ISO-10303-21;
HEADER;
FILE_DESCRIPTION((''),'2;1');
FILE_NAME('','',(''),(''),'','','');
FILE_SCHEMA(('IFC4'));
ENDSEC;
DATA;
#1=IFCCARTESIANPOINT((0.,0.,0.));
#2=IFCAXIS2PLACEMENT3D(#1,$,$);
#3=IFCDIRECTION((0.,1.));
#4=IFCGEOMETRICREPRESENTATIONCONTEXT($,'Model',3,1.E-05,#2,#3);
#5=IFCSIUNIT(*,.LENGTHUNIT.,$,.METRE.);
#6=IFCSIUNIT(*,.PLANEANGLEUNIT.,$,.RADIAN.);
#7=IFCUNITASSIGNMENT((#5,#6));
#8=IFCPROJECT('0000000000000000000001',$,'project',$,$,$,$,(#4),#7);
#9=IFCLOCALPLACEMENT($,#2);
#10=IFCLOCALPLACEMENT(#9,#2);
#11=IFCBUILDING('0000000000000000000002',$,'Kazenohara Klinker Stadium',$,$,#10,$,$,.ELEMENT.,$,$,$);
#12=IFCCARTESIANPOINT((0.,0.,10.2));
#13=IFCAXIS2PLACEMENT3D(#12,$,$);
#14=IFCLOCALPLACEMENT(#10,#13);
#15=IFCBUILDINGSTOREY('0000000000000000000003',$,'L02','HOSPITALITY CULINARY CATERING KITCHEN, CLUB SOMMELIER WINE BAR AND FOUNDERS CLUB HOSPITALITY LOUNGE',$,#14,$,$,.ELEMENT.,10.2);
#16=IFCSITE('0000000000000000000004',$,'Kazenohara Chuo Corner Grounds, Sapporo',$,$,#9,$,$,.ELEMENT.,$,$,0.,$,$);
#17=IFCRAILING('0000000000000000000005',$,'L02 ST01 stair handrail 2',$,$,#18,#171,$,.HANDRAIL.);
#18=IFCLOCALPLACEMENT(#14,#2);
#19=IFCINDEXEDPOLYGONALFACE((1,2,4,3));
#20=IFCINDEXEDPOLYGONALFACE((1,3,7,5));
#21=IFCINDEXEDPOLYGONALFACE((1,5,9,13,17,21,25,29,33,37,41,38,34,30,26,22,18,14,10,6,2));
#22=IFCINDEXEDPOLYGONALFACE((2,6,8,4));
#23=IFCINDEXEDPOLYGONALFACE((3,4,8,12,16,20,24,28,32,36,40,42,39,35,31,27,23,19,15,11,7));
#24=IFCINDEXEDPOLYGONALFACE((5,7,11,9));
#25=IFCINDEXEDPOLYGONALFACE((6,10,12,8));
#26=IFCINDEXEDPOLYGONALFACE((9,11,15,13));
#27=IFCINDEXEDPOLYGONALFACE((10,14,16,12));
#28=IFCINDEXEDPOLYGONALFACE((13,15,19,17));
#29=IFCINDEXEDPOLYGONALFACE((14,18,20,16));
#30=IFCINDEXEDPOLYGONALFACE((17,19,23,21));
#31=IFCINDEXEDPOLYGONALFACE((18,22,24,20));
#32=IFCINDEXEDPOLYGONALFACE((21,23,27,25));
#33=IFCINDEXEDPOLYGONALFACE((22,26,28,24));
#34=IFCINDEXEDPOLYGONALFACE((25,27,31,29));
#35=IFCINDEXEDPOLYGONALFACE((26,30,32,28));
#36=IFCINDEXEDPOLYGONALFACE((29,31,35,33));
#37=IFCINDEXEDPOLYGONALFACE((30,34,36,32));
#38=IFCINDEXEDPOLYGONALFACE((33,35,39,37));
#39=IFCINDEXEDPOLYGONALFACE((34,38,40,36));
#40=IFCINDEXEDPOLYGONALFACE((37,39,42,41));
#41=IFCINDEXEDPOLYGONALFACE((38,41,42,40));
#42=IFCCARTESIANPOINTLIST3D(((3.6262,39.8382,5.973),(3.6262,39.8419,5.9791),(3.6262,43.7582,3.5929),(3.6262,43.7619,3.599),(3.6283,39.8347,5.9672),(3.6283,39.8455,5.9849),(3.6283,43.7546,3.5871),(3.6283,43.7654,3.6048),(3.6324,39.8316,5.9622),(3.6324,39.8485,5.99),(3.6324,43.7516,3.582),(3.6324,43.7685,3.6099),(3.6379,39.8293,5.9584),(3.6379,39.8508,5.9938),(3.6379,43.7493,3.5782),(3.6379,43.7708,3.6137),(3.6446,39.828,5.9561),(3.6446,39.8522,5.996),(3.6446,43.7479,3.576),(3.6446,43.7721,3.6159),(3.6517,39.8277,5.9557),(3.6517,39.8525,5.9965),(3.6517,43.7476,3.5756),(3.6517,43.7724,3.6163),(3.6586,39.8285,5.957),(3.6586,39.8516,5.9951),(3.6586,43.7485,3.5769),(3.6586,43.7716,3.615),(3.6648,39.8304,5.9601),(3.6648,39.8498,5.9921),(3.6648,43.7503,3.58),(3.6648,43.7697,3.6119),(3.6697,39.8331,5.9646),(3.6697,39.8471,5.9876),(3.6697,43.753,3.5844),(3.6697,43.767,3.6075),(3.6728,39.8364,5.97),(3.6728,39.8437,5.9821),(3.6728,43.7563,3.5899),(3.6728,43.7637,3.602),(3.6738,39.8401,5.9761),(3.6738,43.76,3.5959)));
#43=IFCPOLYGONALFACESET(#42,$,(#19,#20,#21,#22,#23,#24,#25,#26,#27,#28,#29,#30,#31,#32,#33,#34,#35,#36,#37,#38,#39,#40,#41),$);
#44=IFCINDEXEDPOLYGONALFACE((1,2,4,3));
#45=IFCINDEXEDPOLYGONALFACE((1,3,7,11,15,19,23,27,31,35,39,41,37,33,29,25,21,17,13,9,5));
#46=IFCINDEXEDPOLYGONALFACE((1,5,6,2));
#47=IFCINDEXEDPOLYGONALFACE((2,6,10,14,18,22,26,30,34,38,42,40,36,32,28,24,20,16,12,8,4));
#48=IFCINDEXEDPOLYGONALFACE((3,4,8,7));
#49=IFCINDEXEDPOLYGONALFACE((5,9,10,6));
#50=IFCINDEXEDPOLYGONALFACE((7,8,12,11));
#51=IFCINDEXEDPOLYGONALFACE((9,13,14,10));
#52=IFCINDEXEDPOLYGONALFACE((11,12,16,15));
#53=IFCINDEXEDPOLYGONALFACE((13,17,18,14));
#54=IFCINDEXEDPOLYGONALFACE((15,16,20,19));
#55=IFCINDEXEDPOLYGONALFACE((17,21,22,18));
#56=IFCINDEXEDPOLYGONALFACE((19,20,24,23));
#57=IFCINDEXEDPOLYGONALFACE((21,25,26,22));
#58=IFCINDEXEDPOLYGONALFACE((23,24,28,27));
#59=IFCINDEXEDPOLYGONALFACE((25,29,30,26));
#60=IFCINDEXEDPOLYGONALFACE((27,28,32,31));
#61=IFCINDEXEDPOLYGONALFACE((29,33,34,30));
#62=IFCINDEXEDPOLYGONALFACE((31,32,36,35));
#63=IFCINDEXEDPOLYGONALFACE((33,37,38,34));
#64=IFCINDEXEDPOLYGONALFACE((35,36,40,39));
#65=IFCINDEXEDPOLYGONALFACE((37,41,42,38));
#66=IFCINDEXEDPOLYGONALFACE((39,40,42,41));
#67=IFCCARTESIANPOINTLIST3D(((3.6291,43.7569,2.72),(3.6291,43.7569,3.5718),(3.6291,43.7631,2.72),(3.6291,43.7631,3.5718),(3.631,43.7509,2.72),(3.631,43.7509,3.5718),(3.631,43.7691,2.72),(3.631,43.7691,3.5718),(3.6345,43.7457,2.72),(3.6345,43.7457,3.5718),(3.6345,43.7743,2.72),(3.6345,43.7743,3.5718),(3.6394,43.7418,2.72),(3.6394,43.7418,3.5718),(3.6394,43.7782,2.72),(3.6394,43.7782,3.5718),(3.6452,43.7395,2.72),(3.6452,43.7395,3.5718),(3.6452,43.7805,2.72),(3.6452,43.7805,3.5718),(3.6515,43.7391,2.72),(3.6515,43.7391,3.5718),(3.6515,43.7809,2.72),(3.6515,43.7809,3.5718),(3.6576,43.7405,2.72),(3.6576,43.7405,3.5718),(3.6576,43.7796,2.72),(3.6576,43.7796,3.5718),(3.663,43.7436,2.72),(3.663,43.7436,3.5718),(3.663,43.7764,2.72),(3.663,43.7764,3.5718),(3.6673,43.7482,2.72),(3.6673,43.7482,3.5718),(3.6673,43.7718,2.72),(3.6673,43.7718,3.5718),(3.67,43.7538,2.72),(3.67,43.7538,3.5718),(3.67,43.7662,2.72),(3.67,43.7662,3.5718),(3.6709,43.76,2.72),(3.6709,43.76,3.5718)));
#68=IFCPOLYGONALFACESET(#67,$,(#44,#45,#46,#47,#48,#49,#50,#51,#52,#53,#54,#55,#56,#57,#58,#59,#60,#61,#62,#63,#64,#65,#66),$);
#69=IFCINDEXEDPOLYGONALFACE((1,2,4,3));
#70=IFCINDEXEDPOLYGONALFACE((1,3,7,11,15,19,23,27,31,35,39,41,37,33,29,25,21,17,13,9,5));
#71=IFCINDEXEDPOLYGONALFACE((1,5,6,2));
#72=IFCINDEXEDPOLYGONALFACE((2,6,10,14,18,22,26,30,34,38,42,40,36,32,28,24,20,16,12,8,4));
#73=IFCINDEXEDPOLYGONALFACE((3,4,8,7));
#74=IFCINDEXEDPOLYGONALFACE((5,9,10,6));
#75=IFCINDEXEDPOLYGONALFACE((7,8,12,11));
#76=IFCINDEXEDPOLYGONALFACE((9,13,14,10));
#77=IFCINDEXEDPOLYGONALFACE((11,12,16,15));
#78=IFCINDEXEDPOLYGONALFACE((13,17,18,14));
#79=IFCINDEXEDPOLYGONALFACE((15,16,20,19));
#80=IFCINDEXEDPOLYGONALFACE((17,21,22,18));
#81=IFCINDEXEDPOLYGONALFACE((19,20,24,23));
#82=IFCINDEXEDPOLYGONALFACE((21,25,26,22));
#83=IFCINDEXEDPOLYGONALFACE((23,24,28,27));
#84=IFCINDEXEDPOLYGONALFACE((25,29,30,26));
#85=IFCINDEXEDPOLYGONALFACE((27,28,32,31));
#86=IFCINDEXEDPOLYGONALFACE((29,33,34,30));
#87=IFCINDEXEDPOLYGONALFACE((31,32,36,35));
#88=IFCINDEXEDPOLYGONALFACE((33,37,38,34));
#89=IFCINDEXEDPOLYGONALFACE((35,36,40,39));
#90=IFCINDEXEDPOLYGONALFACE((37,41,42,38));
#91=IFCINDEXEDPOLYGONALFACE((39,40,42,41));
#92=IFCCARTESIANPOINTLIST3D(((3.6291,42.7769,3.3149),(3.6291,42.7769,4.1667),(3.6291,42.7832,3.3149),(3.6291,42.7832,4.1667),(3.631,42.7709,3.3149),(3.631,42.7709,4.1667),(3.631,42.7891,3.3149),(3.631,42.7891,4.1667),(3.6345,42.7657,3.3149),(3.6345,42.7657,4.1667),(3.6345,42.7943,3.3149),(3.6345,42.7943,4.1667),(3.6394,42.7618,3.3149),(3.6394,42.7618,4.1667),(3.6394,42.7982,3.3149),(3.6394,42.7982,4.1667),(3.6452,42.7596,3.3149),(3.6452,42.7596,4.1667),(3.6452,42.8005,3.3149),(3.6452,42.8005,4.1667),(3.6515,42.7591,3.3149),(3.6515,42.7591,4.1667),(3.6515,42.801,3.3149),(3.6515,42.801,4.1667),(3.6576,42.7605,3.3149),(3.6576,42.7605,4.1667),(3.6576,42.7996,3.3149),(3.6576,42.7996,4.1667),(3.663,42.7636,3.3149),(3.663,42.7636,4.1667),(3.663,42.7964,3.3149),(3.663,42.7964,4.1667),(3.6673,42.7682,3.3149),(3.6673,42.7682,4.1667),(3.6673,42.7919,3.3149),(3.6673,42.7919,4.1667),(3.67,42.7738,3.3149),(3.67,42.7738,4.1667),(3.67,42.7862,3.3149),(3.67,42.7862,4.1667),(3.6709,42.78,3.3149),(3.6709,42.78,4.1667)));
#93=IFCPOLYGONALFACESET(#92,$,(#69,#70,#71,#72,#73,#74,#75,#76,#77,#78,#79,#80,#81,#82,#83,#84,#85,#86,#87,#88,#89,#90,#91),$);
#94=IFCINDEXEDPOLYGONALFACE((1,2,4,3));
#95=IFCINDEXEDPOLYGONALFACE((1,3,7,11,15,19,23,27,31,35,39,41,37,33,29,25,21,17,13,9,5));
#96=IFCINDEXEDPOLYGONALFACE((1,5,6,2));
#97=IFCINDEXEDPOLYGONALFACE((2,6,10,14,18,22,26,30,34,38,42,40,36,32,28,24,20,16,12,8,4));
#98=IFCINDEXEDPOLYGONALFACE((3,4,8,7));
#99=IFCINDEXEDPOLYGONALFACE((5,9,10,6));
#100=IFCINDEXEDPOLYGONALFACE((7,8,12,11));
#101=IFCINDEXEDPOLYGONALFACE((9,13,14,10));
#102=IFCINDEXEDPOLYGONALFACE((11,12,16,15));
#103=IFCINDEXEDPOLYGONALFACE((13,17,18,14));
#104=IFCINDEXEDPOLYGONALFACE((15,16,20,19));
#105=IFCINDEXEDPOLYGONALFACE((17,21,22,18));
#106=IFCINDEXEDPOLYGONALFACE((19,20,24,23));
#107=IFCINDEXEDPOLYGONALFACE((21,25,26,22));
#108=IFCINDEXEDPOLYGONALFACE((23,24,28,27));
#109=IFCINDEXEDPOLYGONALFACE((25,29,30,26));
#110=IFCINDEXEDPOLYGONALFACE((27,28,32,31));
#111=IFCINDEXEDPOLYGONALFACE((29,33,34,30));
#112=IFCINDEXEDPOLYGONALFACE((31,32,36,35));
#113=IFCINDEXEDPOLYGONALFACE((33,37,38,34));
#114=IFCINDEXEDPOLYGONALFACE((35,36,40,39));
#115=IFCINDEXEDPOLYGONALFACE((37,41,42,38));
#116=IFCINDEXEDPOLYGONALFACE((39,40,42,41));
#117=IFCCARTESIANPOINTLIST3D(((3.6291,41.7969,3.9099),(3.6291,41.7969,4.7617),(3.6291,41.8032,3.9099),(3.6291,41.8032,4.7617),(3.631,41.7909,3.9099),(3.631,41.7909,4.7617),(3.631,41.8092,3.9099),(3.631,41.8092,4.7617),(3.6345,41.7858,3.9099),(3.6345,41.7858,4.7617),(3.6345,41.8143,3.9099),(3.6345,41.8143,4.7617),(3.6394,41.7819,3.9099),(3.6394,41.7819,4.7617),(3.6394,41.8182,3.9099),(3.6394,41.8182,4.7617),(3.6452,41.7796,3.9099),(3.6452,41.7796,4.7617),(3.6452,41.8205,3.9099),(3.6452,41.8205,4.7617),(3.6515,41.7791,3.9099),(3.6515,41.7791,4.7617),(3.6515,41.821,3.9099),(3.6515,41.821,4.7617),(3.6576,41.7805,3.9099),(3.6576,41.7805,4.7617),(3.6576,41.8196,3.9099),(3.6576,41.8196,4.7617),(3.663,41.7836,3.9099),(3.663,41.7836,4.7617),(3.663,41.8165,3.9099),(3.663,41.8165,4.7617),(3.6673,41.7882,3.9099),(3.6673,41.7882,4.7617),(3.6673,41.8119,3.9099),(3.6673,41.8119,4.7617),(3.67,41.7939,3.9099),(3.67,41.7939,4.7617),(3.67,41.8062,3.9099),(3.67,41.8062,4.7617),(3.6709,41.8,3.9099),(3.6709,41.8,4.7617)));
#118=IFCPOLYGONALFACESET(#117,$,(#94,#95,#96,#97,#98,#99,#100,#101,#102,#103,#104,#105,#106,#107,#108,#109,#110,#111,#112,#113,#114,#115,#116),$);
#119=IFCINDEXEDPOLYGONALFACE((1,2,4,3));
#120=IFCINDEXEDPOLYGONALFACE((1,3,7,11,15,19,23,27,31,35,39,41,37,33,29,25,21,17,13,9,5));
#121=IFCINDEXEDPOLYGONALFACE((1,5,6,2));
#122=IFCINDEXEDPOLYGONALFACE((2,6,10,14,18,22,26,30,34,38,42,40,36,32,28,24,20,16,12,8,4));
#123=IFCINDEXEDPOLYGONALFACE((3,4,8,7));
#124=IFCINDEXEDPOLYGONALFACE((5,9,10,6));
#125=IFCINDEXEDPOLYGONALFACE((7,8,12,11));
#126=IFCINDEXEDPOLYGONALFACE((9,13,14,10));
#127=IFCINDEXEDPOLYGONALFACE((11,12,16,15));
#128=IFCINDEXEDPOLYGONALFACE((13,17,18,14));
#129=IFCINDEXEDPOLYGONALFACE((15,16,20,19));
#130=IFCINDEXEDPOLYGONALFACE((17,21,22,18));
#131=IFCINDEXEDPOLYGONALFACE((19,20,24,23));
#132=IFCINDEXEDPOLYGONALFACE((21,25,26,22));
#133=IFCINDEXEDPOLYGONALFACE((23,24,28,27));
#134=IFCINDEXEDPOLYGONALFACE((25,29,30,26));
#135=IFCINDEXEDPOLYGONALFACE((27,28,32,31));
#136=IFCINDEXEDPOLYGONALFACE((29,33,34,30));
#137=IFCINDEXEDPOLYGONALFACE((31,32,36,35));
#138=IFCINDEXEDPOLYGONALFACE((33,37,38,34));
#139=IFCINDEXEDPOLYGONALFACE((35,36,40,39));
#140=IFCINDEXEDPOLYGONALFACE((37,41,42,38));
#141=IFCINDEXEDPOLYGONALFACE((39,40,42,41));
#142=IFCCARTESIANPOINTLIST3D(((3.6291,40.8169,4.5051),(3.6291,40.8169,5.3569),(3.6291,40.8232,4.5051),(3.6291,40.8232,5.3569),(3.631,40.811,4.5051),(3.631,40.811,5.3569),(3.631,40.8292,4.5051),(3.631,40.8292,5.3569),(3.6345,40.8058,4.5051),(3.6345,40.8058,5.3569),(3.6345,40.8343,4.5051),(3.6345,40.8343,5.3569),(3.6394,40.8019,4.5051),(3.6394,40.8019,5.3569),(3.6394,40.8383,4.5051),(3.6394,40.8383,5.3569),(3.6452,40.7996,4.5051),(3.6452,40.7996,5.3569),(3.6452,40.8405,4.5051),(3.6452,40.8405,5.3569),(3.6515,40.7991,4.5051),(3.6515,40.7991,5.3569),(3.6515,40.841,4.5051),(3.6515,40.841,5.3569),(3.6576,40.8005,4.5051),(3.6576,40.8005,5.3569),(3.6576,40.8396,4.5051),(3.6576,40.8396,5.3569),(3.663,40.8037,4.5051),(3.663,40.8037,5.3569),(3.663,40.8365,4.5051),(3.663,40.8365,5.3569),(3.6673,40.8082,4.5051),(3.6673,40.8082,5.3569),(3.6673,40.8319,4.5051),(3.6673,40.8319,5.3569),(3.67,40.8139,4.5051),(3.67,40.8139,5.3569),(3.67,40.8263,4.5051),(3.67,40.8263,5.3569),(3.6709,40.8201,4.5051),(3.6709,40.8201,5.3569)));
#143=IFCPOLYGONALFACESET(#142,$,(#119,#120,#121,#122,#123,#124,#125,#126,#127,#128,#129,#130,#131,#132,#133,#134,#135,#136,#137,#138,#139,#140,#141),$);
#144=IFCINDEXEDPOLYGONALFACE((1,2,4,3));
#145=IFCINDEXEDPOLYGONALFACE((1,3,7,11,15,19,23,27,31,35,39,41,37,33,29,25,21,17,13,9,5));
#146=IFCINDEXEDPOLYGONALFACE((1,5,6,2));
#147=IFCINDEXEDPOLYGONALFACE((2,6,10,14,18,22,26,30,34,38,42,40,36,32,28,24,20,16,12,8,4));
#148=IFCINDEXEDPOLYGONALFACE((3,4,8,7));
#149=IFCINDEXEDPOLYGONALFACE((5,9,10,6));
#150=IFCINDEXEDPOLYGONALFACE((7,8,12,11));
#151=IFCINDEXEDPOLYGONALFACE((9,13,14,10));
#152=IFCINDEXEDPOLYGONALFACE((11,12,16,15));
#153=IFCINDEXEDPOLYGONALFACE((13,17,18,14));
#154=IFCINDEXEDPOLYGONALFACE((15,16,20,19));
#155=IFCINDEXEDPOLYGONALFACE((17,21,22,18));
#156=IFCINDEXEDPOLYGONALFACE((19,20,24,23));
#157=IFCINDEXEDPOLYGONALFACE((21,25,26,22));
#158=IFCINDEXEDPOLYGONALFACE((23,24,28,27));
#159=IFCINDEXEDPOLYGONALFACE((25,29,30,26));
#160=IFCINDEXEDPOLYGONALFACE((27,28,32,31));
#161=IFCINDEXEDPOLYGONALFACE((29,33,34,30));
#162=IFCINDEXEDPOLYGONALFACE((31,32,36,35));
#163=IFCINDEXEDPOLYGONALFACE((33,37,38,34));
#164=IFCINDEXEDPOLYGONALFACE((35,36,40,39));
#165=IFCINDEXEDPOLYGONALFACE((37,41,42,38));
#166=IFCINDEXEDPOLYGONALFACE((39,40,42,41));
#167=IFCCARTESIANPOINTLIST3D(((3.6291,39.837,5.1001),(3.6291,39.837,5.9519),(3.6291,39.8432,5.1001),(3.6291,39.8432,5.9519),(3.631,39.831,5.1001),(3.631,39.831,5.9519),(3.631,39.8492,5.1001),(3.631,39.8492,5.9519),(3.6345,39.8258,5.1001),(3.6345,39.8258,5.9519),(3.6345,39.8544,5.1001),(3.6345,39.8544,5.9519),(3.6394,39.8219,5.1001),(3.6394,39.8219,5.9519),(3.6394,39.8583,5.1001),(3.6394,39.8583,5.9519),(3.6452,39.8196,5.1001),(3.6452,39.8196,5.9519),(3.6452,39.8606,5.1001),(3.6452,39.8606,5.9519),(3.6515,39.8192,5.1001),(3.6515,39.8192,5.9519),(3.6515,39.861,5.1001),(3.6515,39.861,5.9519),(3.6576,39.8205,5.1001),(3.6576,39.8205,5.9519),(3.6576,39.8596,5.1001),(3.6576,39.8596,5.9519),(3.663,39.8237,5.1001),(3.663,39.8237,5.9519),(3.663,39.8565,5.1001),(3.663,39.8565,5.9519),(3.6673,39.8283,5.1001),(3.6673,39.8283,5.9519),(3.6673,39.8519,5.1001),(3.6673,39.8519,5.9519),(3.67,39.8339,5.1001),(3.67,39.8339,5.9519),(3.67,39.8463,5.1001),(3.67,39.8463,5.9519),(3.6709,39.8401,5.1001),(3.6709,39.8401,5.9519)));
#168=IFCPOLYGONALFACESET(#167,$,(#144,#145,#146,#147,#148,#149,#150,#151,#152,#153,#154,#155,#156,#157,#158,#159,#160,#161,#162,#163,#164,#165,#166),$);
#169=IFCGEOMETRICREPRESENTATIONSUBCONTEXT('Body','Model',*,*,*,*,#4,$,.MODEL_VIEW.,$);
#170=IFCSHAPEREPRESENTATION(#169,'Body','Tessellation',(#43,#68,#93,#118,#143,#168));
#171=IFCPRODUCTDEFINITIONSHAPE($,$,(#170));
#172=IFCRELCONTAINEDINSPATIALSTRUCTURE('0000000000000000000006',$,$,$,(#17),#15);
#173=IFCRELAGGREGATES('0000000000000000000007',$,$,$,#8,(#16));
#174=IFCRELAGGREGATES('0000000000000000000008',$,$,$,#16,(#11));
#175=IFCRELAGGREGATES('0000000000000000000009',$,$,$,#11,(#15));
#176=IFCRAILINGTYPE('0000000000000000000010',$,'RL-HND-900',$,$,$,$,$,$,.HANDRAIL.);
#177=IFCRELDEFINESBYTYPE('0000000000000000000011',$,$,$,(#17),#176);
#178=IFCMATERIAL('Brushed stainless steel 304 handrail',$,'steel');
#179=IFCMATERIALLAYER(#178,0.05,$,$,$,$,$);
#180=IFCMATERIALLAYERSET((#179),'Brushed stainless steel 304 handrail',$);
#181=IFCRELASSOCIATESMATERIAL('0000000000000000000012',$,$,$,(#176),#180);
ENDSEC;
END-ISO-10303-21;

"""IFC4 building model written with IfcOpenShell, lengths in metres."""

from ifc_helpers import new_model, si_unit, direction, frame, origin, origin_2d, place, context, subcontext, project, spatial, circle, extrude, material, layer, layer_set, type_object, element, save


model = new_model("IFC4")

# Units and contexts
model_context = context("Model", 3, precision=1e-05, world=origin(), true_north=direction((0.0, 1.0)))
body_context = subcontext(model_context, "Body", "Model", "MODEL_VIEW")
ifc_project = project(units=[si_unit("LENGTHUNIT", "METRE"), si_unit("PLANEANGLEUNIT", "RADIAN")], contexts=[model_context])

# Site, building, storey
site_placement = place(None, origin())
site = spatial("IfcSite", under=ifc_project, at=site_placement, Name="Kazenohara Chuo Corner Grounds, Sapporo", CompositionType="ELEMENT", RefElevation=0.0)
building_placement = place(site_placement, origin())
building = spatial("IfcBuilding", under=site, at=building_placement, Name="Kazenohara Klinker Stadium", CompositionType="ELEMENT")
storey_placement = place(building_placement, frame((0.0, 0.0, 10.2)))
storey = spatial("IfcBuildingStorey", under=building, at=storey_placement, Name="L02", Description="HOSPITALITY CULINARY CATERING KITCHEN, CLUB SOMMELIER WINE BAR AND FOUNDERS CLUB HOSPITALITY LOUNGE", CompositionType="ELEMENT", Elevation=10.2)

# Railing
ifc_material_1 = material(Name="Brushed stainless steel 304 handrail", Category="steel")
ifc_layer_1 = layer(ifc_material_1, 0.05)
ifc_layer_set_1 = layer_set([ifc_layer_1], Name="Brushed stainless steel 304 handrail")
railing_type_1 = type_object("IfcRailingType", Name="RL-HND-900", PredefinedType="HANDRAIL", material=ifc_layer_set_1)
railing_1_placement = place(storey_placement, frame((3.6499, 43.76, 2.72)))
element("IfcRailing", 1, at=railing_1_placement, inside=storey, type_object=railing_type_1, Name="L02 ST01 stair handrail 2", PredefinedType="HANDRAIL", context=body_context, shape_type="SweptSolid", body=[
    extrude(circle(Radius=0.0239, at=origin_2d()), frame((0.0, 0.0, 0.876), z_axis=(0.0, -0.854771, 0.519006), x_axis=(1.0, 0.0, 0.0)), (0.0, 0.0, 1.0), 4.5859),
    extrude(circle(Radius=0.021, at=origin_2d()), origin(), (0.0, 0.0, 1.0), 0.8518),
    extrude(circle(Radius=0.021, at=origin_2d()), frame((0.0, -0.98, 0.595)), (0.0, 0.0, 1.0), 0.8518),
    extrude(circle(Radius=0.021, at=origin_2d()), frame((0.0, -1.96, 1.1899)), (0.0, 0.0, 1.0), 0.8518),
    extrude(circle(Radius=0.021, at=origin_2d()), frame((0.0, -2.9399, 1.7852)), (0.0, 0.0, 1.0), 0.8518),
    extrude(circle(Radius=0.021, at=origin_2d()), frame((0.0, -3.9199, 2.3801)), (0.0, 0.0, 1.0), 0.8518),
])

save(model, "model.ifc")
